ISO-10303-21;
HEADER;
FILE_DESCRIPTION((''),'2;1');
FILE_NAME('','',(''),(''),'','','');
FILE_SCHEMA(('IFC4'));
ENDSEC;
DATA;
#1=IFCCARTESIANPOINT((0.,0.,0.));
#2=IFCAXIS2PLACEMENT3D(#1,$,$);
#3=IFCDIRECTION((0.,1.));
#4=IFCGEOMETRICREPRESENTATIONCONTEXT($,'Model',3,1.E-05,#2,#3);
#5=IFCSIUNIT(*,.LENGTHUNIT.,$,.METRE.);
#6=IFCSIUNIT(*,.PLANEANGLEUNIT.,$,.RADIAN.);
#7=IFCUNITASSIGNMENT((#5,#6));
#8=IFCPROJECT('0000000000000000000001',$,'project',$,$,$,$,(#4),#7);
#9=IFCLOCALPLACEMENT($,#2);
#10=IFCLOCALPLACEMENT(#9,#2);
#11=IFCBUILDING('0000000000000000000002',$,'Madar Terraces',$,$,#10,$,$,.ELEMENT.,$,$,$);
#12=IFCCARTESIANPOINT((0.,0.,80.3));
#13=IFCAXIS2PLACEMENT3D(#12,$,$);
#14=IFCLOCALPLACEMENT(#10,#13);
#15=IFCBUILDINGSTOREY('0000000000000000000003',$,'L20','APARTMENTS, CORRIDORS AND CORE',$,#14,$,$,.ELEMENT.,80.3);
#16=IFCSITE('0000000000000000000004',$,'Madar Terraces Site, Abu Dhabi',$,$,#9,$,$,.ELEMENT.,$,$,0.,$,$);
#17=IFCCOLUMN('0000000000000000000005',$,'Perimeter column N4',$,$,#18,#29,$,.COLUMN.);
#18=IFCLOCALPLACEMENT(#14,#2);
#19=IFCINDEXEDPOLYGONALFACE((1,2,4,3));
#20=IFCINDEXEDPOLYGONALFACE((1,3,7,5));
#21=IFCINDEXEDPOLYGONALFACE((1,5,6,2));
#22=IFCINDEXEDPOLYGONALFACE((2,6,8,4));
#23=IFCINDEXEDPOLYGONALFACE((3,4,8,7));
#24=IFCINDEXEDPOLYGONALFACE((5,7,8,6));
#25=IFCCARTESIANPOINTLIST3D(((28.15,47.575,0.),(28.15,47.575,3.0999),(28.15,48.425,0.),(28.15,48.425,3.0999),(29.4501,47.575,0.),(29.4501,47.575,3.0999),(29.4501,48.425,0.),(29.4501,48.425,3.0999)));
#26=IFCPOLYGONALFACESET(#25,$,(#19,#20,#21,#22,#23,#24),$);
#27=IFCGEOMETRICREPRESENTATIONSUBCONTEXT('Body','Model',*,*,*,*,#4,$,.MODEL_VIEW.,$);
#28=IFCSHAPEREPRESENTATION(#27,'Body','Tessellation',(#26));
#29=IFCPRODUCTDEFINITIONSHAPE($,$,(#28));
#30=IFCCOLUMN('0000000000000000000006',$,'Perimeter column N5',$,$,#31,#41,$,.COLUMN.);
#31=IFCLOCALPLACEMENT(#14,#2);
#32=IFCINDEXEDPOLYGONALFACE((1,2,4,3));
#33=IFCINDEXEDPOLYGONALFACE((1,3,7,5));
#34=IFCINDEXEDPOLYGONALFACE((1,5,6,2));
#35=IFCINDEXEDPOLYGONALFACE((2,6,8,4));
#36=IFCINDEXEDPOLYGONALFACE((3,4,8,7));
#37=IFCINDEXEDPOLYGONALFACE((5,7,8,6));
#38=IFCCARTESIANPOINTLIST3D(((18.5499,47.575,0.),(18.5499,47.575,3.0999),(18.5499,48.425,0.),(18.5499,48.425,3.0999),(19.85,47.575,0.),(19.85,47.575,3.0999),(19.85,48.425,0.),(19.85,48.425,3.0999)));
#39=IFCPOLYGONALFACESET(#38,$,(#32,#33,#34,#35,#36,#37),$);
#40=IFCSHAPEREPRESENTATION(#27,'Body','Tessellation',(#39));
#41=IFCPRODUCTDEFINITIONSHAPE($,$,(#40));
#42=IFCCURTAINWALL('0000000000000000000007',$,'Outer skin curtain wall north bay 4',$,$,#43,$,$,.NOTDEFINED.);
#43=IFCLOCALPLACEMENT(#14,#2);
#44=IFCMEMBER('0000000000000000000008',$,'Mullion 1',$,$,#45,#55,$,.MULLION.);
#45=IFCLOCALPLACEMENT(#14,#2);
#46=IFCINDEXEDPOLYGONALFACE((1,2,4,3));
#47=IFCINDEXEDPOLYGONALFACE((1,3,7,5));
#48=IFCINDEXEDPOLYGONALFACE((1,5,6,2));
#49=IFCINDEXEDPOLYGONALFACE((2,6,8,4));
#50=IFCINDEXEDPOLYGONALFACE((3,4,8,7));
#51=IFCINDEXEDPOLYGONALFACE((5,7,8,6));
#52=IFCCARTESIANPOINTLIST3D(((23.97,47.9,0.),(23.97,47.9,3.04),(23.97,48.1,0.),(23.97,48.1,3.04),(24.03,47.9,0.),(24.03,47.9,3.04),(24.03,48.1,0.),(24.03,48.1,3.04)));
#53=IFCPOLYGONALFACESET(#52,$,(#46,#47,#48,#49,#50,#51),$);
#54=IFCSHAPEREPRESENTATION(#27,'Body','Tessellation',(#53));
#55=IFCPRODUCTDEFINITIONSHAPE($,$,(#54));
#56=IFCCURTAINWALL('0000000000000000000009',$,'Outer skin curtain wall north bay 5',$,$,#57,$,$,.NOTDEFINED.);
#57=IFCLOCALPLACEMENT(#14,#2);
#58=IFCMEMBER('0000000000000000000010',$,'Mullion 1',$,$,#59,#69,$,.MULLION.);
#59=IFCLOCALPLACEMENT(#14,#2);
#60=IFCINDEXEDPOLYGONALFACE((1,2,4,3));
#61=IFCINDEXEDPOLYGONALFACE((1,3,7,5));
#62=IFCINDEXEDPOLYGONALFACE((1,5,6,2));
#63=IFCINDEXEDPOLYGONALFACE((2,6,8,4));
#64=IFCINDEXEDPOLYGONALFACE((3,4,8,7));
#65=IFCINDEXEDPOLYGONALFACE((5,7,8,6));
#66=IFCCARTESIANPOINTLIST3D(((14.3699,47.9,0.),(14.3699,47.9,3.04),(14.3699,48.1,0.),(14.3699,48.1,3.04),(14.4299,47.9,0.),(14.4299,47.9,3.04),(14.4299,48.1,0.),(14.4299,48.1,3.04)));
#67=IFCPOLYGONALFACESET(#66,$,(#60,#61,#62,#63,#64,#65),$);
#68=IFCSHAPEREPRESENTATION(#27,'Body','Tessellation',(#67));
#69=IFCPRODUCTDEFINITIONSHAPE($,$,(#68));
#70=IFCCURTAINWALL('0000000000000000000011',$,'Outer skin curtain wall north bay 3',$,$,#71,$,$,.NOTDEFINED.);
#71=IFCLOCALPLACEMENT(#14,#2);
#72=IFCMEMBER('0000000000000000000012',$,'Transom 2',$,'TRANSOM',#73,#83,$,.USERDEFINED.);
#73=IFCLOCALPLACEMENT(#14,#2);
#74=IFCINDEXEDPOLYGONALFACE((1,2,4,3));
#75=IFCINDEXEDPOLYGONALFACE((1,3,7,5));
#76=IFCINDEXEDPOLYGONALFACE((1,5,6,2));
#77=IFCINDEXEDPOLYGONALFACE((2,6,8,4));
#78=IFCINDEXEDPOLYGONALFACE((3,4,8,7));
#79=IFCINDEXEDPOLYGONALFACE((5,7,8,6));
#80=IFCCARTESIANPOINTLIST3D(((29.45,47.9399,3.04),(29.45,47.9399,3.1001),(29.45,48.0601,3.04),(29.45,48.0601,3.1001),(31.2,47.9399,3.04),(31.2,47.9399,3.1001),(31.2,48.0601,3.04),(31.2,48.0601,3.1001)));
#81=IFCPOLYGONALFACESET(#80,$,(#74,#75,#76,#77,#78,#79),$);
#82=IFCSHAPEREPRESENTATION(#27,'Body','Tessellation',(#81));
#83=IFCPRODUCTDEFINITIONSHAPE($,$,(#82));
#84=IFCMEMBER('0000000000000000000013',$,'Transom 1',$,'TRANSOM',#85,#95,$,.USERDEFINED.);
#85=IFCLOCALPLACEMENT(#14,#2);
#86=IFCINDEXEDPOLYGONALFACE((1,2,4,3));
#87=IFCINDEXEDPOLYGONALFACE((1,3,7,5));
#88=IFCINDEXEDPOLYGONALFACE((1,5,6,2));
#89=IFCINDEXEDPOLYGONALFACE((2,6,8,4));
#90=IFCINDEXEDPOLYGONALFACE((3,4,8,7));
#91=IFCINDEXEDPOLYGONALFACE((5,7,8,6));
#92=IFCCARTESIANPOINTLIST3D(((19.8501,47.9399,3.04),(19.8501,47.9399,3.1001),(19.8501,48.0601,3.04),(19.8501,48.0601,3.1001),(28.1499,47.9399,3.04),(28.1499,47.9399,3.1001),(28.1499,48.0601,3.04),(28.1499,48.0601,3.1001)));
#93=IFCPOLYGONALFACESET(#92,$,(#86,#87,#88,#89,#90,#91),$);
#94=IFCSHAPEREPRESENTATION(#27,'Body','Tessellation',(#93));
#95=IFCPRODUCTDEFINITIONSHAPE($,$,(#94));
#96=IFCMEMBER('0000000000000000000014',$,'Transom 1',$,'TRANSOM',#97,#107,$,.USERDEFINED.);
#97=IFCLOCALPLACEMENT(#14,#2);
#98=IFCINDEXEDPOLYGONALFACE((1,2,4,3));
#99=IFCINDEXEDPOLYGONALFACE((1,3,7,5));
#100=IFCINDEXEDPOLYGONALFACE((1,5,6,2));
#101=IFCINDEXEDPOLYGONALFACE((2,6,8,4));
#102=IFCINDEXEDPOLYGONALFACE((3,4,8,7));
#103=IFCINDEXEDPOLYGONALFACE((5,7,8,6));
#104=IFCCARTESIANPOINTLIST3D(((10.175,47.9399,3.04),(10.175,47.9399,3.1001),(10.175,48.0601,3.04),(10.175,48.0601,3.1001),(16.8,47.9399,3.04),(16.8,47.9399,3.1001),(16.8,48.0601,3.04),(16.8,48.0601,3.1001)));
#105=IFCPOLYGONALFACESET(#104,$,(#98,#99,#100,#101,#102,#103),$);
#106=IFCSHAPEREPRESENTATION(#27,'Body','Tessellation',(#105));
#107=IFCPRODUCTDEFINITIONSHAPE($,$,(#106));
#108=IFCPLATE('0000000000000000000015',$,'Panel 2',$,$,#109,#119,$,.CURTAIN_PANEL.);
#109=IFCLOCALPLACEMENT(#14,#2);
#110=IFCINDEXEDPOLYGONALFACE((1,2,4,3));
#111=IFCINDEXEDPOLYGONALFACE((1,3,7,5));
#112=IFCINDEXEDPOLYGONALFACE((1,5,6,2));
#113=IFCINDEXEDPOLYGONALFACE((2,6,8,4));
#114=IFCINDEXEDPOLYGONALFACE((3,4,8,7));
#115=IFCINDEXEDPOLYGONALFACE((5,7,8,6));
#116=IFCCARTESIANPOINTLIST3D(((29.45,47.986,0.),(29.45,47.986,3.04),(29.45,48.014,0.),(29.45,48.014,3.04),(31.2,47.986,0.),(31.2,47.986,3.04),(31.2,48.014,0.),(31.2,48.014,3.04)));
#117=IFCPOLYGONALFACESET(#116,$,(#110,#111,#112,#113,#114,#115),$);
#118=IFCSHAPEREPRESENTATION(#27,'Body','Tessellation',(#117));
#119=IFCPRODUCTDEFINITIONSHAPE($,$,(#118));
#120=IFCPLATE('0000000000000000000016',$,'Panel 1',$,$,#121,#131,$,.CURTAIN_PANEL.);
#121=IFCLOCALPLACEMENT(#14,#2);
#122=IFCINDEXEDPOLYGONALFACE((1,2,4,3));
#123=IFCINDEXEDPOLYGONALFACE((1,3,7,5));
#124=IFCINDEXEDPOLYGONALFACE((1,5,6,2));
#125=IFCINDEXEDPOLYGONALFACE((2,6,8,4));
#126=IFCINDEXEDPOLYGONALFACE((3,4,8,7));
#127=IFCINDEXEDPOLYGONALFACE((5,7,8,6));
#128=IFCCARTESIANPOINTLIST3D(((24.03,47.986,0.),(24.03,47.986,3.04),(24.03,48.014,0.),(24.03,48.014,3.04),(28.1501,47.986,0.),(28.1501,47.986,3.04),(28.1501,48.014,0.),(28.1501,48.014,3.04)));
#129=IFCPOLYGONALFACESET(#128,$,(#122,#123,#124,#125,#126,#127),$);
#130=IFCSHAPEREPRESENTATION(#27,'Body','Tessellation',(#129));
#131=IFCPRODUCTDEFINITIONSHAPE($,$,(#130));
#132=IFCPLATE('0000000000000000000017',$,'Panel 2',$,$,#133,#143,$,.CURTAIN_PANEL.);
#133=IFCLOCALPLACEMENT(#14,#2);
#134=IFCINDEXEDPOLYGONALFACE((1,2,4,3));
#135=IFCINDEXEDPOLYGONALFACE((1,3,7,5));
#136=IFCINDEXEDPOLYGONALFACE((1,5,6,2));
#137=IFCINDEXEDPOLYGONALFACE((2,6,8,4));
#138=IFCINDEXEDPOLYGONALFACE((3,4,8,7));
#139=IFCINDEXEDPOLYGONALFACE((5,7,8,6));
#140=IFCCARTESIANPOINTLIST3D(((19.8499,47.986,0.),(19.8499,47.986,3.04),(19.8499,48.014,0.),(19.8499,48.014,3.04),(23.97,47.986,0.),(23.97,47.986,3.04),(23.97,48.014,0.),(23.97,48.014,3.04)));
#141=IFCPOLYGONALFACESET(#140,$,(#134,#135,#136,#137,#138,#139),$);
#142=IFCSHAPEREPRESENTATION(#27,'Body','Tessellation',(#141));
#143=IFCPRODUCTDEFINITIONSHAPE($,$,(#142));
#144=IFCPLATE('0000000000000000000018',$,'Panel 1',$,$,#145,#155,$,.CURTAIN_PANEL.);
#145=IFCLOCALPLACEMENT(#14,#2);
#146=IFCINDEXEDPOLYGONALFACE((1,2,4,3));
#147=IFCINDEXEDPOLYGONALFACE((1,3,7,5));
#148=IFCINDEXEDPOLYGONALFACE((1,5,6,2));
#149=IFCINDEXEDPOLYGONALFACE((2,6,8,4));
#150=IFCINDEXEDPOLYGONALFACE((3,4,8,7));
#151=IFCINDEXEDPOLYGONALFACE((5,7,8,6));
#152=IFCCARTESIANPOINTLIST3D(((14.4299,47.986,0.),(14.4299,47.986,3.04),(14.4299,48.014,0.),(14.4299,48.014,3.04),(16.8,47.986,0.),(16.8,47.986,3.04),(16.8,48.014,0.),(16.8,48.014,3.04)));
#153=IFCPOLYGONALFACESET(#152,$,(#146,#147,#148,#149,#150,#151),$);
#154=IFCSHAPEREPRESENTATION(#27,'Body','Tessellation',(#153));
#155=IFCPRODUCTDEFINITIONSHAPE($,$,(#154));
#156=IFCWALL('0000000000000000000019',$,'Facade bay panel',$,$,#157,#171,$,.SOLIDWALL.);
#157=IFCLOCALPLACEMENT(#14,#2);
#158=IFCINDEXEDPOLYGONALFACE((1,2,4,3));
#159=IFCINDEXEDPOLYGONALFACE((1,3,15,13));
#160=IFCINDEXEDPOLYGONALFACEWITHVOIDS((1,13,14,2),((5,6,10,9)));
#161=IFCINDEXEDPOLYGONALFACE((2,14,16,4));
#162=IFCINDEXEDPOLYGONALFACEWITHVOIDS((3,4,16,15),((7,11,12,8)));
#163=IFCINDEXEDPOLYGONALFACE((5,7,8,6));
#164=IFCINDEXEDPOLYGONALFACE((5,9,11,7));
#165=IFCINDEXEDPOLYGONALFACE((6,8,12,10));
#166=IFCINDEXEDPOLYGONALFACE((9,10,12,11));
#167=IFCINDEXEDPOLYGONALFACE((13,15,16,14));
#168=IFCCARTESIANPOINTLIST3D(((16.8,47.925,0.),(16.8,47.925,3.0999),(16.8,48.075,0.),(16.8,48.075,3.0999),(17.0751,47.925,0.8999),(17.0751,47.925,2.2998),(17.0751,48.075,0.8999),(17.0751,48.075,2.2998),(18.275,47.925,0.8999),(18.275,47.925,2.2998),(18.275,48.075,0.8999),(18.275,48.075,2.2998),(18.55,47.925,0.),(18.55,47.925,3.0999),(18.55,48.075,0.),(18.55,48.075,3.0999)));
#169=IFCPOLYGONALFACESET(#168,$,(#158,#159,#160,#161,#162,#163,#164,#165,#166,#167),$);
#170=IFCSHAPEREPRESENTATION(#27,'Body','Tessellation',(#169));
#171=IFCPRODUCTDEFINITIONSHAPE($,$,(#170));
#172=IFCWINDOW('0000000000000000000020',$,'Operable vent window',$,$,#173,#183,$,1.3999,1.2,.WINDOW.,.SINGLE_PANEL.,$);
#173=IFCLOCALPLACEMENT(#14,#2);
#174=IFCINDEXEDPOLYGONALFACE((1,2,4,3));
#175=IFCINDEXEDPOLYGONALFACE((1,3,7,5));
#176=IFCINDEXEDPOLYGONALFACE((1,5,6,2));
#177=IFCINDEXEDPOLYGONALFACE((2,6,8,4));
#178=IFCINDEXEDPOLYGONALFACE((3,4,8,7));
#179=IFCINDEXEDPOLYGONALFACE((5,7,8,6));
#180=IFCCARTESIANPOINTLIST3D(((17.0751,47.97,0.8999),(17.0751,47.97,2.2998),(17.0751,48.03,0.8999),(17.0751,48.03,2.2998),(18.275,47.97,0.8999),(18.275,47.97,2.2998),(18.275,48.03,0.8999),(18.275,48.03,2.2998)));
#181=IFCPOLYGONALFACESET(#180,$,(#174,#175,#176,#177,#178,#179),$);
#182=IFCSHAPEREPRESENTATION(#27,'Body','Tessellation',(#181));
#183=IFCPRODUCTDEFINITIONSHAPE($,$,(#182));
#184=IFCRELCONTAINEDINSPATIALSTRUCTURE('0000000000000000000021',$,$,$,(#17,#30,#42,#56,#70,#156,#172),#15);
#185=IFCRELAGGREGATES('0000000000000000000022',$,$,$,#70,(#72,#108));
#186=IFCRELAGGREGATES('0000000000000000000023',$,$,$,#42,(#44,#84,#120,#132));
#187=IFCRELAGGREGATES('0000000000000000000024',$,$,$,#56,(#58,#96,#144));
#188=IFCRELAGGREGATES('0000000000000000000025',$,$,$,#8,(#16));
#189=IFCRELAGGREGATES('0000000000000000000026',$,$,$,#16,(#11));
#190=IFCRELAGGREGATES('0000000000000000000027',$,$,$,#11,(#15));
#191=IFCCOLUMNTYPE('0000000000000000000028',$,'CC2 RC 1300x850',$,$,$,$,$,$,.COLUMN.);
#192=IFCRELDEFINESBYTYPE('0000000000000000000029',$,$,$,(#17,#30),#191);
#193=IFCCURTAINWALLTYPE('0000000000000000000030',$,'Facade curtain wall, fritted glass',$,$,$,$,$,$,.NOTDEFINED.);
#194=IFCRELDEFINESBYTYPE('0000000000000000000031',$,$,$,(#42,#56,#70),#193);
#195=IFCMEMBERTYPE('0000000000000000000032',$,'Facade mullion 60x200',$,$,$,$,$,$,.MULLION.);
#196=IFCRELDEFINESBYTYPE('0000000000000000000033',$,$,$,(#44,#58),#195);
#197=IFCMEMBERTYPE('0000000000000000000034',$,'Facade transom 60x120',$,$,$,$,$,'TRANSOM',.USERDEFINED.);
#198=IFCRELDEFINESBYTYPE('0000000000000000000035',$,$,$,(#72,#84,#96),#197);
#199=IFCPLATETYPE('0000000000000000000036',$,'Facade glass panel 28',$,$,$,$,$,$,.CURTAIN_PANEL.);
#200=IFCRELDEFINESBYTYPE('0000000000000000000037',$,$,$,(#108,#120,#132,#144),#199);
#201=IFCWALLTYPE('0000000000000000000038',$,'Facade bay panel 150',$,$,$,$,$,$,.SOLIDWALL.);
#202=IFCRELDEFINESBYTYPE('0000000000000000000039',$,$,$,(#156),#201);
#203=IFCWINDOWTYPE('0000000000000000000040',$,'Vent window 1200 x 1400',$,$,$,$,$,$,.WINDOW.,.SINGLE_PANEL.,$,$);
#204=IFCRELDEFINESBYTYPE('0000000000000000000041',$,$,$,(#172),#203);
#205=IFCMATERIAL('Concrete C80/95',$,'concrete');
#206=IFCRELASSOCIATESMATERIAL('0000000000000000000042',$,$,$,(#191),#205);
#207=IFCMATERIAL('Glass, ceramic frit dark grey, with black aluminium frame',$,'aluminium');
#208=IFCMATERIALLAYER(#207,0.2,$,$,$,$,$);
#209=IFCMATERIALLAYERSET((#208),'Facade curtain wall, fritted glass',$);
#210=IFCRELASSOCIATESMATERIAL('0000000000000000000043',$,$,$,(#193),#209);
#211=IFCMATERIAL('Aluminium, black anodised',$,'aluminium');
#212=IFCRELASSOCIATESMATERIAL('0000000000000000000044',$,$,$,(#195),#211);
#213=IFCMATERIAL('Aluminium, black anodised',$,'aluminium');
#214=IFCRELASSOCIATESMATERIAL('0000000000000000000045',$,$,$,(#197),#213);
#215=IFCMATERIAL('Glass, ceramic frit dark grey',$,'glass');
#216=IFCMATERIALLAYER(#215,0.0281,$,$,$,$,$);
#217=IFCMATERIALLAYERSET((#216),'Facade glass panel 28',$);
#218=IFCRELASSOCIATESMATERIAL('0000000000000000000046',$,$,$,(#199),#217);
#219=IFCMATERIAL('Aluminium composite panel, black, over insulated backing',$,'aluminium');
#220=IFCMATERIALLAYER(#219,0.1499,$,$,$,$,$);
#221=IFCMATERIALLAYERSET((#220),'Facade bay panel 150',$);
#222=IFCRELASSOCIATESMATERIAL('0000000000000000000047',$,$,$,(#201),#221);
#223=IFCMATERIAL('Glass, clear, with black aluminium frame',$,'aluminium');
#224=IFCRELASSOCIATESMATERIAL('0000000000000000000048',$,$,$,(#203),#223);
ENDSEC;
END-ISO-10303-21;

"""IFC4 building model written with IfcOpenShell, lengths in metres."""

from ifc_helpers import new_model, si_unit, direction, frame, frame_2d, origin, origin_2d, place, context, subcontext, project, spatial, rectangle, extrude, material, layer, layer_set, material_profile, profile_set, type_object, element, fill, aggregate, save


model = new_model("IFC4")

# Units and contexts
model_context = context("Model", 3, precision=1e-05, world=origin(), true_north=direction((0.0, 1.0)))
body_context = subcontext(model_context, "Body", "Model", "MODEL_VIEW")
ifc_project = project(units=[si_unit("LENGTHUNIT", "METRE"), si_unit("PLANEANGLEUNIT", "RADIAN")], contexts=[model_context])

# Site, building, storey
site_placement = place(None, origin())
site = spatial("IfcSite", under=ifc_project, at=site_placement, Name="Madar Terraces Site, Abu Dhabi", CompositionType="ELEMENT", RefElevation=0.0)
building_placement = place(site_placement, origin())
building = spatial("IfcBuilding", under=site, at=building_placement, Name="Madar Terraces", CompositionType="ELEMENT")
storey_placement = place(building_placement, frame((0.0, 0.0, 80.3)))
storey = spatial("IfcBuildingStorey", under=building, at=storey_placement, Name="L20", Description="APARTMENTS, CORRIDORS AND CORE", CompositionType="ELEMENT", Elevation=80.3)

# Columns
ifc_material_1 = material(Name="Concrete C80/95", Category="concrete")
ifc_material_profile_1 = material_profile(ifc_material_1, rectangle(XDim=1.3, YDim=0.8501, at=origin_2d()), Name="CC2 RC 1300x850")
ifc_profile_set_1 = profile_set([ifc_material_profile_1], Name="Concrete C80/95")
column_type = type_object("IfcColumnType", Name="CC2 RC 1300x850", PredefinedType="COLUMN", material=ifc_profile_set_1)
for number, where, z_axis, x_axis, name in (
    (1, (28.8, 48.0, 0.0), (0.0, 0.0, 1.0), (1.0, 0.0, 0.0), "Perimeter column N4"),
    (2, (19.2, 48.0, 0.0), (0.0, 0.0, 1.0), (1.0, 0.0, 0.0), "Perimeter column N5"),
):
    element("IfcColumn", number, at=place(storey_placement, frame(where, z_axis=z_axis, x_axis=x_axis)), inside=storey, type_object=column_type, Name=name, PredefinedType="COLUMN", context=body_context, shape_type="SweptSolid", body=[
        extrude(rectangle(XDim=1.3, YDim=0.8501, at=origin_2d()), origin(), (0.0, 0.0, 1.0), 3.0999),
    ])

# Curtain walls, members
ifc_material_2 = material(Name="Glass, ceramic frit dark grey, with black aluminium frame", Category="aluminium")
ifc_layer_1 = layer(ifc_material_2, 0.2)
ifc_layer_set_1 = layer_set([ifc_layer_1], Name="Facade curtain wall, fritted glass")
curtain_wall_type = type_object("IfcCurtainWallType", Name="Facade curtain wall, fritted glass", PredefinedType="NOTDEFINED", material=ifc_layer_set_1)
curtain_wall_1_placement = place(storey_placement, origin())
curtain_wall_1 = element("IfcCurtainWall", 3, at=curtain_wall_1_placement, inside=storey, type_object=curtain_wall_type, Name="Outer skin curtain wall north bay 4", PredefinedType="NOTDEFINED")
ifc_material_3 = material(Name="Aluminium, black anodised", Category="aluminium")
ifc_material_profile_2 = material_profile(ifc_material_3, rectangle(XDim=0.2, YDim=0.0601, at=origin_2d()), Name="Facade mullion 60x200")
ifc_profile_set_2 = profile_set([ifc_material_profile_2], Name="Aluminium, black anodised")
member_type_1 = type_object("IfcMemberType", Name="Facade mullion 60x200", PredefinedType="MULLION", material=ifc_profile_set_2)
member_1_placement = place(storey_placement, frame((24.0, 48.0, 0.0), z_axis=(0.0, 0.0, 1.0), x_axis=(0.0, -1.0, 0.0)))
member_1 = element("IfcMember", 4, at=member_1_placement, type_object=member_type_1, Name="Mullion 1", PredefinedType="MULLION", context=body_context, shape_type="SweptSolid", body=[
    extrude(rectangle(XDim=0.2, YDim=0.0601, at=origin_2d()), origin(), (0.0, 0.0, 1.0), 3.04),
])
curtain_wall_2_placement = place(storey_placement, origin())
curtain_wall_2 = element("IfcCurtainWall", 5, at=curtain_wall_2_placement, inside=storey, type_object=curtain_wall_type, Name="Outer skin curtain wall north bay 5", PredefinedType="NOTDEFINED")
member_2_placement = place(storey_placement, frame((14.3999, 48.0, 0.0), z_axis=(0.0, 0.0, 1.0), x_axis=(0.0, -1.0, 0.0)))
member_2 = element("IfcMember", 6, at=member_2_placement, type_object=member_type_1, Name="Mullion 1", PredefinedType="MULLION", context=body_context, shape_type="SweptSolid", body=[
    extrude(rectangle(XDim=0.2, YDim=0.0601, at=origin_2d()), origin(), (0.0, 0.0, 1.0), 3.04),
])
curtain_wall_3_placement = place(storey_placement, origin())
curtain_wall_3 = element("IfcCurtainWall", 7, at=curtain_wall_3_placement, inside=storey, type_object=curtain_wall_type, Name="Outer skin curtain wall north bay 3", PredefinedType="NOTDEFINED")
ifc_material_4 = material(Name="Aluminium, black anodised", Category="aluminium")
ifc_material_profile_3 = material_profile(ifc_material_4, rectangle(XDim=0.1201, YDim=0.0601, at=origin_2d()), Name="Facade transom 60x120")
ifc_profile_set_3 = profile_set([ifc_material_profile_3], Name="Aluminium, black anodised")
member_type_2 = type_object("IfcMemberType", Name="Facade transom 60x120", ElementType="TRANSOM", PredefinedType="USERDEFINED", material=ifc_profile_set_3)
member_3_placement = place(storey_placement, frame((31.2, 48.0, 3.0701), z_axis=(-1.0, 0.0, 0.0), x_axis=(0.0, -1.0, 0.0)))
member_3 = element("IfcMember", 8, at=member_3_placement, type_object=member_type_2, Name="Transom 2", ObjectType="TRANSOM", PredefinedType="USERDEFINED", context=body_context, shape_type="SweptSolid", body=[
    extrude(rectangle(XDim=0.1201, YDim=0.0601, at=origin_2d()), origin(), (0.0, 0.0, 1.0), 1.75),
])

# Members
member_4_placement = place(storey_placement, frame((28.1499, 48.0, 3.0701), z_axis=(-1.0, 0.0, 0.0), x_axis=(0.0, -1.0, 0.0)))
member_4 = element("IfcMember", 9, at=member_4_placement, type_object=member_type_2, Name="Transom 1", ObjectType="TRANSOM", PredefinedType="USERDEFINED", context=body_context, shape_type="SweptSolid", body=[
    extrude(rectangle(XDim=0.1201, YDim=0.0601, at=origin_2d()), origin(), (0.0, 0.0, 1.0), 8.2998),
])
member_5_placement = place(storey_placement, frame((16.8, 48.0, 3.0701), z_axis=(-1.0, 0.0, 0.0), x_axis=(0.0, -1.0, 0.0)))
member_5 = element("IfcMember", 10, at=member_5_placement, type_object=member_type_2, Name="Transom 1", ObjectType="TRANSOM", PredefinedType="USERDEFINED", context=body_context, shape_type="SweptSolid", body=[
    extrude(rectangle(XDim=0.1201, YDim=0.0601, at=origin_2d()), origin(), (0.0, 0.0, 1.0), 6.625),
])

# Plates
ifc_material_5 = material(Name="Glass, ceramic frit dark grey", Category="glass")
ifc_layer_2 = layer(ifc_material_5, 0.0281)
ifc_layer_set_2 = layer_set([ifc_layer_2], Name="Facade glass panel 28")
plate_type = type_object("IfcPlateType", Name="Facade glass panel 28", PredefinedType="CURTAIN_PANEL", material=ifc_layer_set_2)
plate_1_placement = place(storey_placement, frame((30.325, 48.0, 0.0), z_axis=(0.0, 0.0, 1.0), x_axis=(-1.0, 0.0, 0.0)))
plate_1 = element("IfcPlate", 11, at=plate_1_placement, type_object=plate_type, Name="Panel 2", PredefinedType="CURTAIN_PANEL", context=body_context, shape_type="SweptSolid", body=[
    extrude(rectangle(XDim=1.75, YDim=0.0281, at=origin_2d()), origin(), (0.0, 0.0, 1.0), 3.04),
])
aggregate(curtain_wall_3, [member_3, plate_1])
plate_2_placement = place(storey_placement, frame((26.0901, 48.0, 0.0), z_axis=(0.0, 0.0, 1.0), x_axis=(-1.0, 0.0, 0.0)))
plate_2 = element("IfcPlate", 12, at=plate_2_placement, type_object=plate_type, Name="Panel 1", PredefinedType="CURTAIN_PANEL", context=body_context, shape_type="SweptSolid", body=[
    extrude(rectangle(XDim=4.1201, YDim=0.0281, at=origin_2d()), origin(), (0.0, 0.0, 1.0), 3.04),
])
plate_3_placement = place(storey_placement, frame((21.9099, 48.0, 0.0), z_axis=(0.0, 0.0, 1.0), x_axis=(-1.0, 0.0, 0.0)))
plate_3 = element("IfcPlate", 13, at=plate_3_placement, type_object=plate_type, Name="Panel 2", PredefinedType="CURTAIN_PANEL", context=body_context, shape_type="SweptSolid", body=[
    extrude(rectangle(XDim=4.1201, YDim=0.0281, at=origin_2d()), origin(), (0.0, 0.0, 1.0), 3.04),
])
aggregate(curtain_wall_1, [member_1, member_4, plate_2, plate_3])
plate_4_placement = place(storey_placement, frame((15.615, 48.0, 0.0), z_axis=(0.0, 0.0, 1.0), x_axis=(-1.0, 0.0, 0.0)))
plate_4 = element("IfcPlate", 14, at=plate_4_placement, type_object=plate_type, Name="Panel 1", PredefinedType="CURTAIN_PANEL", context=body_context, shape_type="SweptSolid", body=[
    extrude(rectangle(XDim=2.3701, YDim=0.0281, at=origin_2d()), origin(), (0.0, 0.0, 1.0), 3.04),
])
aggregate(curtain_wall_2, [member_2, member_5, plate_4])

# Wall, opening, window
ifc_material_6 = material(Name="Aluminium composite panel, black, over insulated backing", Category="aluminium")
ifc_layer_3 = layer(ifc_material_6, 0.1499)
ifc_layer_set_3 = layer_set([ifc_layer_3], Name="Facade bay panel 150")
wall_type_1 = type_object("IfcWallType", Name="Facade bay panel 150", PredefinedType="SOLIDWALL", material=ifc_layer_set_3)
wall_1_placement = place(storey_placement, frame((18.55, 48.0, 0.0), z_axis=(0.0, 0.0, 1.0), x_axis=(-1.0, 0.0, 0.0)))
wall_1 = element("IfcWall", 15, at=wall_1_placement, inside=storey, type_object=wall_type_1, Name="Facade bay panel", PredefinedType="SOLIDWALL", context=body_context, shape_type="SweptSolid", body=[
    extrude(rectangle(XDim=1.75, YDim=0.1499, at=frame_2d((0.875, 0.0))), origin(), (0.0, 0.0, 1.0), 3.0999),
])
opening_1_placement = place(wall_1_placement, frame((0.2749, 0.0, 0.8999)))
opening_1 = element("IfcOpeningElement", 16, at=opening_1_placement, cuts=wall_1, PredefinedType="OPENING", context=body_context, shape_type="SweptSolid", body=[
    extrude(rectangle(XDim=1.2, YDim=1.3999, at=frame_2d((0.6001, 0.7))), frame((0.0, 0.085, 0.0), z_axis=(0.0, -1.0, 0.0), x_axis=(1.0, 0.0, 0.0)), (0.0, 0.0, 1.0), 0.1699),
])
ifc_material_7 = material(Name="Glass, clear, with black aluminium frame", Category="aluminium")
window_type = type_object("IfcWindowType", Name="Vent window 1200 x 1400", PartitioningType="SINGLE_PANEL", PredefinedType="WINDOW", material=ifc_material_7)
window_placement = place(opening_1_placement, origin())
window = element("IfcWindow", 17, at=window_placement, inside=storey, type_object=window_type, Name="Operable vent window", OverallHeight=1.3999, OverallWidth=1.2, PartitioningType="SINGLE_PANEL", PredefinedType="WINDOW", context=body_context, shape_type="SweptSolid", body=[
    extrude(rectangle(XDim=1.2, YDim=1.3999, at=frame_2d((0.6001, 0.7))), frame((0.0, 0.03, 0.0), z_axis=(0.0, -1.0, 0.0), x_axis=(1.0, 0.0, 0.0)), (0.0, 0.0, 1.0), 0.0601),
])
fill(opening_1, window)

save(model, "model.ifc")
